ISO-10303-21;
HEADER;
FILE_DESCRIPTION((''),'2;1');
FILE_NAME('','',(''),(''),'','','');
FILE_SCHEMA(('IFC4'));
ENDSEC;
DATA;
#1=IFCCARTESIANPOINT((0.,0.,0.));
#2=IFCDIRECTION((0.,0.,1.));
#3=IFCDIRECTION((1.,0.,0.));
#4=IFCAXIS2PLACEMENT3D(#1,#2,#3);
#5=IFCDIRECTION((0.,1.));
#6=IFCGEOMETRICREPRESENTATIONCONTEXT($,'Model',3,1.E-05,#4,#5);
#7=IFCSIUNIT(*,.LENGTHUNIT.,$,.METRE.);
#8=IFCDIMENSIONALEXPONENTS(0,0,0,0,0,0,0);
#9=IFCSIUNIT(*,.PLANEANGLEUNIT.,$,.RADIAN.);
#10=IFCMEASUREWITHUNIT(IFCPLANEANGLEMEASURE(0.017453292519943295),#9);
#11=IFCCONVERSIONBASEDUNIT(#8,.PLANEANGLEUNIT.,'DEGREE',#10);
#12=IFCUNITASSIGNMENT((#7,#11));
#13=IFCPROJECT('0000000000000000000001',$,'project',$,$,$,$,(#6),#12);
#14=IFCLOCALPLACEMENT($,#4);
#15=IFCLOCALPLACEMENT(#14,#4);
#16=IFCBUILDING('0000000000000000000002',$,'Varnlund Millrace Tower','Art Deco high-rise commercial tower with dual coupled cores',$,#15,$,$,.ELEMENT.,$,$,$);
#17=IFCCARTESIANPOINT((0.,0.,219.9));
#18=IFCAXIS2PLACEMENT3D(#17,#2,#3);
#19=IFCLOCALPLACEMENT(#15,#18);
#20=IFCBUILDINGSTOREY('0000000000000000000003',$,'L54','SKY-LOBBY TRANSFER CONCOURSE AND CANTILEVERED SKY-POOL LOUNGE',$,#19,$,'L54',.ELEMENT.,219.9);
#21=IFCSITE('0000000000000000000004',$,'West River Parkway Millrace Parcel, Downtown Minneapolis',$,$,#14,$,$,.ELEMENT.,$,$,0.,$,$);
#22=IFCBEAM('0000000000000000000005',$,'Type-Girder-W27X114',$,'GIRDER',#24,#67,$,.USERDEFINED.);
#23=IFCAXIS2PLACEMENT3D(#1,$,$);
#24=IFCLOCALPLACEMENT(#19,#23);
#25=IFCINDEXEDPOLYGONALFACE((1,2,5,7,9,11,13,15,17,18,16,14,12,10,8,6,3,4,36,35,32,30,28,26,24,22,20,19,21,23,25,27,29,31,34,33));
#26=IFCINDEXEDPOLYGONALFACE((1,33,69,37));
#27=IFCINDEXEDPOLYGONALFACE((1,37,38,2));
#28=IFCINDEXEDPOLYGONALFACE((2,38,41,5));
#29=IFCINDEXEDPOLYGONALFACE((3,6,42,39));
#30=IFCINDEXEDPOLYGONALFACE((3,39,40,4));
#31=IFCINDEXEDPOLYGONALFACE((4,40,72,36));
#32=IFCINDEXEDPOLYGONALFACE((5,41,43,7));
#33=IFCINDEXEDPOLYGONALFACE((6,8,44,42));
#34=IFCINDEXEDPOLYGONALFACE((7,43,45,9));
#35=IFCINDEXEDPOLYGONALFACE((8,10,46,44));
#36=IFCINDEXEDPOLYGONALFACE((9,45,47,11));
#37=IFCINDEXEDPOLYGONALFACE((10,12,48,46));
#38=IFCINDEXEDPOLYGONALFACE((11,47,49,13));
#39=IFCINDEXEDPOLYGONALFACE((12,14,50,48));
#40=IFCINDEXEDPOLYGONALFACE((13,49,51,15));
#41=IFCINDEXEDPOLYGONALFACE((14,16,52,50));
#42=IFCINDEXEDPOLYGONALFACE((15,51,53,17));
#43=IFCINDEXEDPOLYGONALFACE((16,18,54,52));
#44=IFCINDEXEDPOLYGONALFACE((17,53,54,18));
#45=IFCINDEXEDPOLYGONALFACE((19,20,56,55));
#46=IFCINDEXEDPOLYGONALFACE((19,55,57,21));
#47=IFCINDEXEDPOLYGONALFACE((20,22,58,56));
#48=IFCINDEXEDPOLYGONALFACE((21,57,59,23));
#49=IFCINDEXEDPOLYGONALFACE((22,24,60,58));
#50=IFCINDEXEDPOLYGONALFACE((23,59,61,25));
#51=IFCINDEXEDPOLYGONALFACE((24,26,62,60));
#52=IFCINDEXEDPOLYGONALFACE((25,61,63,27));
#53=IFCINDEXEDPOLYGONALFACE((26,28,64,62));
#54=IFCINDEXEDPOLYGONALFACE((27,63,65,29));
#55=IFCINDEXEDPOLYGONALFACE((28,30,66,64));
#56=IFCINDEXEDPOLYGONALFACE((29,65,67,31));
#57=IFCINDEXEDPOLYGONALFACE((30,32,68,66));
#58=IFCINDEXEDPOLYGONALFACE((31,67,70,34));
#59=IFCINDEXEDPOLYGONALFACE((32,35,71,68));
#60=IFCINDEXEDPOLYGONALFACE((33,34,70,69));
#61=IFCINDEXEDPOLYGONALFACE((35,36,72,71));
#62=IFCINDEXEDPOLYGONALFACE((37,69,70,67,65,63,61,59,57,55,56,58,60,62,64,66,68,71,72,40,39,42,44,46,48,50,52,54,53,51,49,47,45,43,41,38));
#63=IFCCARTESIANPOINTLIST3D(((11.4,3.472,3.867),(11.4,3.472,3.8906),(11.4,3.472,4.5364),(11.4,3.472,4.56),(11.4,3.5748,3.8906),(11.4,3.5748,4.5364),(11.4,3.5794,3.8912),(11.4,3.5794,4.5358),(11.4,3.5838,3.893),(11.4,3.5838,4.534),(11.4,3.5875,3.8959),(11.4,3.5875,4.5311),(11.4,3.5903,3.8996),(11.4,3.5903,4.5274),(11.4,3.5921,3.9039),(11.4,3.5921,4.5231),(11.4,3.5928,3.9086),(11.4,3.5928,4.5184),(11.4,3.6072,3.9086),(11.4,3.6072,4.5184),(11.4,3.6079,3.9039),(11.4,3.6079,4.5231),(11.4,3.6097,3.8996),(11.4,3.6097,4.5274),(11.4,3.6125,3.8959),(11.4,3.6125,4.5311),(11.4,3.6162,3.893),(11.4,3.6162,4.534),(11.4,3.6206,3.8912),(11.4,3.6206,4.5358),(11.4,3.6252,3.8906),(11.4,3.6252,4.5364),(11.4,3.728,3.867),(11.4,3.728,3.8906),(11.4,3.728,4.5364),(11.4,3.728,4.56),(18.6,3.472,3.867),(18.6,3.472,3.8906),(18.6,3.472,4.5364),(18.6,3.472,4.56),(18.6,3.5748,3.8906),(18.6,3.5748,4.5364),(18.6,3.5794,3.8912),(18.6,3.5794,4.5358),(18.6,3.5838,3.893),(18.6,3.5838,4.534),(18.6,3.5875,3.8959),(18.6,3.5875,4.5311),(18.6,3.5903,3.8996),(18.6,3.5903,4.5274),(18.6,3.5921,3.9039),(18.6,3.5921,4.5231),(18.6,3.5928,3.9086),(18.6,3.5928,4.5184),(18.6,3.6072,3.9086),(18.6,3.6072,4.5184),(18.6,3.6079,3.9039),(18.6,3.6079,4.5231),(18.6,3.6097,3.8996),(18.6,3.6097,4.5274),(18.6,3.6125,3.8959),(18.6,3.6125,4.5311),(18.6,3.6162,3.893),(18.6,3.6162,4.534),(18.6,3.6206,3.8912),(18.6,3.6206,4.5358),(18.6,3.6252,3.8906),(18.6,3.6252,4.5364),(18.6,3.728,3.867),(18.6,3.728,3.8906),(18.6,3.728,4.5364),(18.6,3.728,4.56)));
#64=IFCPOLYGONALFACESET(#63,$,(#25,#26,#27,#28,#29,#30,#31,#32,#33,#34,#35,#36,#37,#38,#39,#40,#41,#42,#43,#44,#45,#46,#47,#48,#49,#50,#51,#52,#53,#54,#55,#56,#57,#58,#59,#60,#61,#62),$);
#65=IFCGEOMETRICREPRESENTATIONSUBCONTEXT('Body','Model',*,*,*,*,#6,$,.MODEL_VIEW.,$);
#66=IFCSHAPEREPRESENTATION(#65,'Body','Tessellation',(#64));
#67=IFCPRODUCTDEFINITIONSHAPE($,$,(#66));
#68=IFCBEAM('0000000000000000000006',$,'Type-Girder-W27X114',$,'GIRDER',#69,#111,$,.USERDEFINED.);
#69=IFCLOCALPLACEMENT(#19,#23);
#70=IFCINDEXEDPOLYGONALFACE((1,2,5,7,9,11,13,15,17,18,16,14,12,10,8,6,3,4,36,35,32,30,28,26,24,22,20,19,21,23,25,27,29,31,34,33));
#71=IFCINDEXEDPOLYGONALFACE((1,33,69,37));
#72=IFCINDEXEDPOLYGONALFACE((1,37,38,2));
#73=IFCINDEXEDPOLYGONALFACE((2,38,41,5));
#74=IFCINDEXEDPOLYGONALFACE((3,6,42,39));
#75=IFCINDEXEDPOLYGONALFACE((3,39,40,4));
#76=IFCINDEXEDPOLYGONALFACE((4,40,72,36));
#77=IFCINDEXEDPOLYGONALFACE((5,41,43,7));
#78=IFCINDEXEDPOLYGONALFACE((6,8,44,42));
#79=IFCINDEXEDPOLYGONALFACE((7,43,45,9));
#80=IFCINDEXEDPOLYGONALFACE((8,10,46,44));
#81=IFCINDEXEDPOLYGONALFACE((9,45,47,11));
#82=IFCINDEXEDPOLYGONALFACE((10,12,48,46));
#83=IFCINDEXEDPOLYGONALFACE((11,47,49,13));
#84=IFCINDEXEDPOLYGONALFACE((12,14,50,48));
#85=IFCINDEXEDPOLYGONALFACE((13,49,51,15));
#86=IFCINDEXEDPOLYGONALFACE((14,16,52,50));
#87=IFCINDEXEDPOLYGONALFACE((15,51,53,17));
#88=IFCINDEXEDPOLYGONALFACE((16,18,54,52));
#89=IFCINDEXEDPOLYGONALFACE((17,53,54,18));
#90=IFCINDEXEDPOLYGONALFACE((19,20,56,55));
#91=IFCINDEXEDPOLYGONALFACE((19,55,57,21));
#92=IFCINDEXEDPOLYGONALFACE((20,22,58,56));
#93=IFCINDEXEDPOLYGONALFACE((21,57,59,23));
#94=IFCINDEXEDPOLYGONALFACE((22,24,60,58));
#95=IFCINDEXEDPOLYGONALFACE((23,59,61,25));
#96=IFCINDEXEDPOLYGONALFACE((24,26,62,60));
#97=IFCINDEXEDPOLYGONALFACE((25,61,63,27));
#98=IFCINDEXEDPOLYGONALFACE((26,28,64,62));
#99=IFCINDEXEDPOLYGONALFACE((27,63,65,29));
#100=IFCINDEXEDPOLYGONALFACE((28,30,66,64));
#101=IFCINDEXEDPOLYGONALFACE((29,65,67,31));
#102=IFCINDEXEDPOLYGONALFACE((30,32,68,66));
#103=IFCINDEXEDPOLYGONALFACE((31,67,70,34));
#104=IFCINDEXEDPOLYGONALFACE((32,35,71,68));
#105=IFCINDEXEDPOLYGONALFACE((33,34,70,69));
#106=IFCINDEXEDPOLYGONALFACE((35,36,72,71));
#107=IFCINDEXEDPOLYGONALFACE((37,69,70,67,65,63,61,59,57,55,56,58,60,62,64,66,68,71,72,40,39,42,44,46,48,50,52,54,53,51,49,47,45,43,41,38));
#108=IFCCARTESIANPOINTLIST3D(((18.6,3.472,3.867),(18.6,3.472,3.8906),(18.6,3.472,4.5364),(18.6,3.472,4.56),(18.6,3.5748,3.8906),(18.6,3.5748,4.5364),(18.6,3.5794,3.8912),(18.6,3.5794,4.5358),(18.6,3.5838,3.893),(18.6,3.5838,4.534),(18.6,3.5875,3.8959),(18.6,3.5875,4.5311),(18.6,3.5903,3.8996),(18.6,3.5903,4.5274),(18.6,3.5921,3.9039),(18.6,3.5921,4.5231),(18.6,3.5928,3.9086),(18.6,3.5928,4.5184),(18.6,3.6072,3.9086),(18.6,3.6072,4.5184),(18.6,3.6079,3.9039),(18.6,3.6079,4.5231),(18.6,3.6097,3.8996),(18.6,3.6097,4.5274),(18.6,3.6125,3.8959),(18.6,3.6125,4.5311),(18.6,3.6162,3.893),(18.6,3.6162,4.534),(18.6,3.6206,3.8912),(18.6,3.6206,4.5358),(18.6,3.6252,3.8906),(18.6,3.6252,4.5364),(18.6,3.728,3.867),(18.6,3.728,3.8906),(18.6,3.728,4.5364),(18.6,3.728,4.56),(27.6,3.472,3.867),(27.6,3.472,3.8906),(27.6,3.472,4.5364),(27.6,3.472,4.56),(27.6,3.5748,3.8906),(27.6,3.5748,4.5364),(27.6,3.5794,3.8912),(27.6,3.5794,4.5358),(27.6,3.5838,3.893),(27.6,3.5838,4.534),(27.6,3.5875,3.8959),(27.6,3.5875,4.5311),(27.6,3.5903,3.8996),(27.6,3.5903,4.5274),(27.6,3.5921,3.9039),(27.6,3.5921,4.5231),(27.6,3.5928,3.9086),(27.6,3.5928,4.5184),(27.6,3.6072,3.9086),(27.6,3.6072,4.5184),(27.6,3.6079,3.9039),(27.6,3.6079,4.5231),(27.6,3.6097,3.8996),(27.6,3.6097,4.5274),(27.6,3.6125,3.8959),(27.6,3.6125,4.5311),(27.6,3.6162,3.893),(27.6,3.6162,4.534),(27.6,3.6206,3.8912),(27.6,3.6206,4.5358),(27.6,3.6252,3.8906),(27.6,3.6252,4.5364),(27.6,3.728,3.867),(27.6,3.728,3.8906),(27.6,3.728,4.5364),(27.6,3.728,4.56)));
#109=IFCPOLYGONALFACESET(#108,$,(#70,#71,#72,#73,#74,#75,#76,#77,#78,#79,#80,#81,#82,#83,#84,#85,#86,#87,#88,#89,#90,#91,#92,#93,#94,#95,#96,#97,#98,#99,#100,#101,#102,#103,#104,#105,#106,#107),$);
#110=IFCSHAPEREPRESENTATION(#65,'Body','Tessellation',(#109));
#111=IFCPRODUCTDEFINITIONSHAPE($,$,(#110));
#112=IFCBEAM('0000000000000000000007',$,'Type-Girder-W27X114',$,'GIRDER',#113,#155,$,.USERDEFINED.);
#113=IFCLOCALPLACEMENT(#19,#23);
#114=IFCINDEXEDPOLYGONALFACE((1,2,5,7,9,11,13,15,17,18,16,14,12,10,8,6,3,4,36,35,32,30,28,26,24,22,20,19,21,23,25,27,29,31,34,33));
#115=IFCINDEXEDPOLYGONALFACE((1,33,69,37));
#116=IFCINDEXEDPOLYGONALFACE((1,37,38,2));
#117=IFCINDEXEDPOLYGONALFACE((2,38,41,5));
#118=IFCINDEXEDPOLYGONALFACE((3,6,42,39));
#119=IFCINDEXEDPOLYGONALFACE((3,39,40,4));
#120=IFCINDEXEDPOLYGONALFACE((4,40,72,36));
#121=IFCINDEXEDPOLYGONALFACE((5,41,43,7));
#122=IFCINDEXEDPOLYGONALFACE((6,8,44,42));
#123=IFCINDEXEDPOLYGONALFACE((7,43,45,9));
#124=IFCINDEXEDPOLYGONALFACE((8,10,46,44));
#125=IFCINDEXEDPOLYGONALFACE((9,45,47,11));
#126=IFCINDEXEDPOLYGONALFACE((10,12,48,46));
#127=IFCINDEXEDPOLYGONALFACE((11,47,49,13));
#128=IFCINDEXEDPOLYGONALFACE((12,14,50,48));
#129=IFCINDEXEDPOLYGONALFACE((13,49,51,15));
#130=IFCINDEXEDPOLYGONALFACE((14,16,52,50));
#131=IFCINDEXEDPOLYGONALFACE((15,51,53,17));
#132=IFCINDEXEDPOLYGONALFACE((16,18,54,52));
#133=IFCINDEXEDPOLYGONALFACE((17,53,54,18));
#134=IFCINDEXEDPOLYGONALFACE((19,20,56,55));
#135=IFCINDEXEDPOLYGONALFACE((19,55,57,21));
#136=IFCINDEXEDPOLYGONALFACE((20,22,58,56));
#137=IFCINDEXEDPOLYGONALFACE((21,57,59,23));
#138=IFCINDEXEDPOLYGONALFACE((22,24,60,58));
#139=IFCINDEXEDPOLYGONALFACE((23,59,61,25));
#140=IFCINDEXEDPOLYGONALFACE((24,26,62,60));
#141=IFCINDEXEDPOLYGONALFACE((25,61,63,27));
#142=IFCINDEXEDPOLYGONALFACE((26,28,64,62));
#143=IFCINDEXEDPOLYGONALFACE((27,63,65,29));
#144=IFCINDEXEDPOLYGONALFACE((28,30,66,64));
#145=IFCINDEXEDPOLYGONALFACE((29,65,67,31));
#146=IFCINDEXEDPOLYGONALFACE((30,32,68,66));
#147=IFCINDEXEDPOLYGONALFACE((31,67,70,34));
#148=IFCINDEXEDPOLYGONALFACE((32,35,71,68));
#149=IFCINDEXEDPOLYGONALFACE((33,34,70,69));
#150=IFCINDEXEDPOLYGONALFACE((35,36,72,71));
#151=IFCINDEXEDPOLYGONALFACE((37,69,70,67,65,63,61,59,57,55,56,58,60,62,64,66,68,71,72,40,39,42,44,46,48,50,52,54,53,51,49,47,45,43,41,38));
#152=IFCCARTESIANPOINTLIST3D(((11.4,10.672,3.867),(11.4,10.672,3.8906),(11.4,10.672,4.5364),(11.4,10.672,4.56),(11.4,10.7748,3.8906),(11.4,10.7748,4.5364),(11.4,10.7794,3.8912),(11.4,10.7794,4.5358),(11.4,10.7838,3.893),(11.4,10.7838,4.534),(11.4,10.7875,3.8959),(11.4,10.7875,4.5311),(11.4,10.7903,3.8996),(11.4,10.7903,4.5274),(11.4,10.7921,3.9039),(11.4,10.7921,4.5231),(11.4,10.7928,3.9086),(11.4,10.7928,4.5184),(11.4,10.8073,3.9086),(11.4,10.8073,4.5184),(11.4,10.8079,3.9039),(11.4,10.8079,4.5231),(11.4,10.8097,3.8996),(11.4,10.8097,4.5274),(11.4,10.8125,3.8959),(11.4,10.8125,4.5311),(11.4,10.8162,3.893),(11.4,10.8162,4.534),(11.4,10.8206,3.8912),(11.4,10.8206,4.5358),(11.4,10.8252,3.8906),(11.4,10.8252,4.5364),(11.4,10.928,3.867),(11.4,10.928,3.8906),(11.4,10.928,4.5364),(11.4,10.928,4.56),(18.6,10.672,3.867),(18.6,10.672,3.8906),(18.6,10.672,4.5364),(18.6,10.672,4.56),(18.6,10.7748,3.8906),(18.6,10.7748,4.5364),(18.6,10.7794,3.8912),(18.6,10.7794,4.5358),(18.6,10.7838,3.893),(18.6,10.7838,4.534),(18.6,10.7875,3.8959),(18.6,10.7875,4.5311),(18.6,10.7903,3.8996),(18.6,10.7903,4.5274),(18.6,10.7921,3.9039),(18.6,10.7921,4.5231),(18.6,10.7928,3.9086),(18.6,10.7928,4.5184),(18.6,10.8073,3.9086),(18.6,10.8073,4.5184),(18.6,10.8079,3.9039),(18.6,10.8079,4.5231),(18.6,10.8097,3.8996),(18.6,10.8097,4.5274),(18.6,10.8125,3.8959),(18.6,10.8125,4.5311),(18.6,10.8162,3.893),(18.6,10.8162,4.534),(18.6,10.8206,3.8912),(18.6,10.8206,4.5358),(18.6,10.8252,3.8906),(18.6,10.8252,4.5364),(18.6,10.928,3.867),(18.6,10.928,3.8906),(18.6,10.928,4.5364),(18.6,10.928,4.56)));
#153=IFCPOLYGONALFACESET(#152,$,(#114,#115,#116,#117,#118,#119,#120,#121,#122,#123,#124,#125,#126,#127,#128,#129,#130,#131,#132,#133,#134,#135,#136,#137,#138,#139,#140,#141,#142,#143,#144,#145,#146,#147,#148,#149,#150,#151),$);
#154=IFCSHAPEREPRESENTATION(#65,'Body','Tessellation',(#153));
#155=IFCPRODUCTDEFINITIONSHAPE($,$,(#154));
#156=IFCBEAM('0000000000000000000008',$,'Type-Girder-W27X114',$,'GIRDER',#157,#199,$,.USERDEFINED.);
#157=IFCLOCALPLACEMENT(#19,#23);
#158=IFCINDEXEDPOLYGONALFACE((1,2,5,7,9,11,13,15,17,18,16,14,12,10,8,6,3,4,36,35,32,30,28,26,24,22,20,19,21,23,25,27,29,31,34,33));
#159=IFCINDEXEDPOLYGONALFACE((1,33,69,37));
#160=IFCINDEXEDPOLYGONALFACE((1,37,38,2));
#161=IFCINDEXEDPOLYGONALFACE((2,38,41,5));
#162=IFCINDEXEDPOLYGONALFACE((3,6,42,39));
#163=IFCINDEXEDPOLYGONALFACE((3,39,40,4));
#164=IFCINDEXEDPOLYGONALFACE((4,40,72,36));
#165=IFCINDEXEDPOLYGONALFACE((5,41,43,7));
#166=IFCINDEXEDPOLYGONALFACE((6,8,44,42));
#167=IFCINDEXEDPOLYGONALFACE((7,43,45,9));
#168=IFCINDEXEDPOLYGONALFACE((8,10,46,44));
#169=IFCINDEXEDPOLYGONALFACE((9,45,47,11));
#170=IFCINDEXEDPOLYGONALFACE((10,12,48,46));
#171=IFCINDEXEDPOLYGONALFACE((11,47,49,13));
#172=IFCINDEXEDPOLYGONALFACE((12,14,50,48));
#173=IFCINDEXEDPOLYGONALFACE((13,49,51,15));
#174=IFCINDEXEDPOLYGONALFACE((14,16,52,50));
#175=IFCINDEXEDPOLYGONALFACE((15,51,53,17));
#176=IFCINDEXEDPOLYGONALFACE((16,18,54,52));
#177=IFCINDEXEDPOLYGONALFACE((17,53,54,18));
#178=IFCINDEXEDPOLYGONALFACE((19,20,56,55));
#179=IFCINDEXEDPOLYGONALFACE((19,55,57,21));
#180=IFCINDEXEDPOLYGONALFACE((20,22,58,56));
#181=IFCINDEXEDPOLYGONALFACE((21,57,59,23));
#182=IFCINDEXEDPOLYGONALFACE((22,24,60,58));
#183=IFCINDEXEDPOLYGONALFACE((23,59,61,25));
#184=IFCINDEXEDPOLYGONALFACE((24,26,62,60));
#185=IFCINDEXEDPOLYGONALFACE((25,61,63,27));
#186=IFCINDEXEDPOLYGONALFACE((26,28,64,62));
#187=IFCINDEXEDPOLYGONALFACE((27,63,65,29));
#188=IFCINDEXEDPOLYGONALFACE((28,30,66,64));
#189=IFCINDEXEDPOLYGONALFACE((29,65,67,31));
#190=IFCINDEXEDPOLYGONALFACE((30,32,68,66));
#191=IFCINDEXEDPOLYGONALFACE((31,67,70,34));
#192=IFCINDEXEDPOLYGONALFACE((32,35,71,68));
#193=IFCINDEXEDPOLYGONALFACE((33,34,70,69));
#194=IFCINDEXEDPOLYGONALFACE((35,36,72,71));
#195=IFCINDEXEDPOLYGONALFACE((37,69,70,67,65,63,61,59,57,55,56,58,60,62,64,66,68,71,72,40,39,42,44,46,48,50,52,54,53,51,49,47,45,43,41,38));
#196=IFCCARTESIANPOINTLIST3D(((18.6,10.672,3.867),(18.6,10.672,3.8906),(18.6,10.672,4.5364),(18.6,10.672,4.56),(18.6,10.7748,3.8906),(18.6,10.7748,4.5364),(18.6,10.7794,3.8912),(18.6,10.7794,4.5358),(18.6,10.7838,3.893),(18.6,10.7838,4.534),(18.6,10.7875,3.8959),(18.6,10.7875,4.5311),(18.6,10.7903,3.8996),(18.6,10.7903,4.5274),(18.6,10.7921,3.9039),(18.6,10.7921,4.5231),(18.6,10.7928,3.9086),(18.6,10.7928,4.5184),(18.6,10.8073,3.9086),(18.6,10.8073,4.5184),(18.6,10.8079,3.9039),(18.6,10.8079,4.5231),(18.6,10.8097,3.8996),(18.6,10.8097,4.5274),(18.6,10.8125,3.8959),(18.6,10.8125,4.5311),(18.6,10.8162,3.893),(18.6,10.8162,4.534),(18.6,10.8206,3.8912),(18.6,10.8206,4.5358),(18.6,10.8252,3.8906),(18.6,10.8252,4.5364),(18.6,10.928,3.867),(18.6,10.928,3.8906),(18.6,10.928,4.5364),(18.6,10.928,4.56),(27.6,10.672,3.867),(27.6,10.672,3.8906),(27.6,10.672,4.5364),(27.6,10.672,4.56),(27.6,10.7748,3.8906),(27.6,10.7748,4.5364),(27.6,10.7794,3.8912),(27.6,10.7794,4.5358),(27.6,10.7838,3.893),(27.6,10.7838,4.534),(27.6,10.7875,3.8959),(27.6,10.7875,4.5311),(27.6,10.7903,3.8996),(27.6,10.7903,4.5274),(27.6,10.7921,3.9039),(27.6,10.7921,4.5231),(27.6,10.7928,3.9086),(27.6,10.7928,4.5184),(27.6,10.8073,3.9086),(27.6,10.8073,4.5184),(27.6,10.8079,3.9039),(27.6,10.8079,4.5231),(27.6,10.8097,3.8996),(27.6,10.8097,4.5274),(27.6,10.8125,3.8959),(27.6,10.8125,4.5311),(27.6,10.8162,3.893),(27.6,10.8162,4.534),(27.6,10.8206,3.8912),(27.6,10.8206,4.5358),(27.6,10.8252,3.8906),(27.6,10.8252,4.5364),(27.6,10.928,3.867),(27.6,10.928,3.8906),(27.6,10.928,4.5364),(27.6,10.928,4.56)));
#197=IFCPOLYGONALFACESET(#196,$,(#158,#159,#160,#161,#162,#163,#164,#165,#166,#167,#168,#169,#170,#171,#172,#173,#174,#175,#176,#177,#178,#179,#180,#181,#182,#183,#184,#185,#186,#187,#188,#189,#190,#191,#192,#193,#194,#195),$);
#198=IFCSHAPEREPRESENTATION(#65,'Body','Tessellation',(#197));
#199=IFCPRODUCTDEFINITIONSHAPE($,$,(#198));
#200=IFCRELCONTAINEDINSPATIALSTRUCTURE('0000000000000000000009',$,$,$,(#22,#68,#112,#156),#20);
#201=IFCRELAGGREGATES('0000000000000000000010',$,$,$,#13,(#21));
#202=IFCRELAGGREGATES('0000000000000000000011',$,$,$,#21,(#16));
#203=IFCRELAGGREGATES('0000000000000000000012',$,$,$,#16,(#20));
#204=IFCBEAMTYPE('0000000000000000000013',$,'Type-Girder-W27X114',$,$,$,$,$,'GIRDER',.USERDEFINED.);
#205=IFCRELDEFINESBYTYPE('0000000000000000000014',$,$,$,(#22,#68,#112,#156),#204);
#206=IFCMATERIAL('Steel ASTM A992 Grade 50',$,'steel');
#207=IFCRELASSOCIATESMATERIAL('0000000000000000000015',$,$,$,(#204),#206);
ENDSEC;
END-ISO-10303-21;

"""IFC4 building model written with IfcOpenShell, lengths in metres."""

from ifc_helpers import new_model, entity, si_unit, converted_unit, direction, frame, origin_with_axes, origin_2d_with_axis, place, context, subcontext, project, spatial, i_section, extrude, material, material_profile, profile_set, type_object, element, save


model = new_model("IFC4")

# Units and contexts
model_context = context("Model", 3, precision=1e-05, world=origin_with_axes(), true_north=direction((0.0, 1.0)))
body_context = subcontext(model_context, "Body", "Model", "MODEL_VIEW")
ifc_project = project(units=[si_unit("LENGTHUNIT", "METRE"), converted_unit("PLANEANGLEUNIT", "DEGREE", entity("IfcPlaneAngleMeasure", 0.017453292519943295), si_unit("PLANEANGLEUNIT", "RADIAN"), dimensions=[0, 0, 0, 0, 0, 0, 0])], contexts=[model_context])

# Site, building, storey
site_placement = place(None, origin_with_axes())
site = spatial("IfcSite", under=ifc_project, at=site_placement, Name="West River Parkway Millrace Parcel, Downtown Minneapolis", CompositionType="ELEMENT", RefElevation=0.0)
building_placement = place(site_placement, origin_with_axes())
building = spatial("IfcBuilding", under=site, at=building_placement, Name="Varnlund Millrace Tower", Description="Art Deco high-rise commercial tower with dual coupled cores", CompositionType="ELEMENT")
storey_placement = place(building_placement, frame((0.0, 0.0, 219.9), z_axis=(0.0, 0.0, 1.0), x_axis=(1.0, 0.0, 0.0)))
storey = spatial("IfcBuildingStorey", under=building, at=storey_placement, Name="L54", Description="SKY-LOBBY TRANSFER CONCOURSE AND CANTILEVERED SKY-POOL LOUNGE", LongName="L54", CompositionType="ELEMENT", Elevation=219.9)

# Beams
ifc_material_1 = material(Name="Steel ASTM A992 Grade 50", Category="steel")
ifc_material_profile_1 = material_profile(ifc_material_1, i_section(OverallWidth=0.256, OverallDepth=0.693, WebThickness=0.0145, FlangeThickness=0.0236, FilletRadius=0.018, at=origin_2d_with_axis()), Name="Steel ASTM A992 Grade 50")
ifc_profile_set_1 = profile_set([ifc_material_profile_1], Name="Steel ASTM A992 Grade 50")
beam_type_1 = type_object("IfcBeamType", Name="Type-Girder-W27X114", ElementType="GIRDER", PredefinedType="USERDEFINED", material=ifc_profile_set_1)
beam_1_placement = place(storey_placement, frame((11.4, 3.6, 4.2135), z_axis=(1.0, 0.0, 0.0), x_axis=(0.0, 1.0, 0.0)))
element("IfcBeam", 1, at=beam_1_placement, inside=storey, type_object=beam_type_1, Name="Type-Girder-W27X114", ObjectType="GIRDER", PredefinedType="USERDEFINED", context=body_context, shape_type="SweptSolid", body=[
    extrude(i_section(OverallWidth=0.256, OverallDepth=0.693, WebThickness=0.0145, FlangeThickness=0.0236, FilletRadius=0.018, at=origin_2d_with_axis()), origin_with_axes(), (0.0, 0.0, 1.0), 7.2),
])
beam_2_placement = place(storey_placement, frame((18.6, 3.6, 4.2135), z_axis=(1.0, 0.0, 0.0), x_axis=(0.0, 1.0, 0.0)))
element("IfcBeam", 2, at=beam_2_placement, inside=storey, type_object=beam_type_1, Name="Type-Girder-W27X114", ObjectType="GIRDER", PredefinedType="USERDEFINED", context=body_context, shape_type="SweptSolid", body=[
    extrude(i_section(OverallWidth=0.256, OverallDepth=0.693, WebThickness=0.0145, FlangeThickness=0.0236, FilletRadius=0.018, at=origin_2d_with_axis()), origin_with_axes(), (0.0, 0.0, 1.0), 9.0),
])
beam_3_placement = place(storey_placement, frame((11.4, 10.8, 4.2135), z_axis=(1.0, 0.0, 0.0), x_axis=(0.0, 1.0, 0.0)))
element("IfcBeam", 3, at=beam_3_placement, inside=storey, type_object=beam_type_1, Name="Type-Girder-W27X114", ObjectType="GIRDER", PredefinedType="USERDEFINED", context=body_context, shape_type="SweptSolid", body=[
    extrude(i_section(OverallWidth=0.256, OverallDepth=0.693, WebThickness=0.0145, FlangeThickness=0.0236, FilletRadius=0.018, at=origin_2d_with_axis()), origin_with_axes(), (0.0, 0.0, 1.0), 7.2),
])
for number, where, z_axis, x_axis, name in (
    (4, (18.6, 10.8, 4.2135), (1.0, 0.0, 0.0), (0.0, 1.0, 0.0), "Type-Girder-W27X114"),
):
    element("IfcBeam", number, at=place(storey_placement, frame(where, z_axis=z_axis, x_axis=x_axis)), inside=storey, type_object=beam_type_1, Name=name, ObjectType="GIRDER", PredefinedType="USERDEFINED", context=body_context, shape_type="SweptSolid", body=[
        extrude(i_section(OverallWidth=0.256, OverallDepth=0.693, WebThickness=0.0145, FlangeThickness=0.0236, FilletRadius=0.018, at=origin_2d_with_axis()), origin_with_axes(), (0.0, 0.0, 1.0), 9.0),
    ])

save(model, "model.ifc")
